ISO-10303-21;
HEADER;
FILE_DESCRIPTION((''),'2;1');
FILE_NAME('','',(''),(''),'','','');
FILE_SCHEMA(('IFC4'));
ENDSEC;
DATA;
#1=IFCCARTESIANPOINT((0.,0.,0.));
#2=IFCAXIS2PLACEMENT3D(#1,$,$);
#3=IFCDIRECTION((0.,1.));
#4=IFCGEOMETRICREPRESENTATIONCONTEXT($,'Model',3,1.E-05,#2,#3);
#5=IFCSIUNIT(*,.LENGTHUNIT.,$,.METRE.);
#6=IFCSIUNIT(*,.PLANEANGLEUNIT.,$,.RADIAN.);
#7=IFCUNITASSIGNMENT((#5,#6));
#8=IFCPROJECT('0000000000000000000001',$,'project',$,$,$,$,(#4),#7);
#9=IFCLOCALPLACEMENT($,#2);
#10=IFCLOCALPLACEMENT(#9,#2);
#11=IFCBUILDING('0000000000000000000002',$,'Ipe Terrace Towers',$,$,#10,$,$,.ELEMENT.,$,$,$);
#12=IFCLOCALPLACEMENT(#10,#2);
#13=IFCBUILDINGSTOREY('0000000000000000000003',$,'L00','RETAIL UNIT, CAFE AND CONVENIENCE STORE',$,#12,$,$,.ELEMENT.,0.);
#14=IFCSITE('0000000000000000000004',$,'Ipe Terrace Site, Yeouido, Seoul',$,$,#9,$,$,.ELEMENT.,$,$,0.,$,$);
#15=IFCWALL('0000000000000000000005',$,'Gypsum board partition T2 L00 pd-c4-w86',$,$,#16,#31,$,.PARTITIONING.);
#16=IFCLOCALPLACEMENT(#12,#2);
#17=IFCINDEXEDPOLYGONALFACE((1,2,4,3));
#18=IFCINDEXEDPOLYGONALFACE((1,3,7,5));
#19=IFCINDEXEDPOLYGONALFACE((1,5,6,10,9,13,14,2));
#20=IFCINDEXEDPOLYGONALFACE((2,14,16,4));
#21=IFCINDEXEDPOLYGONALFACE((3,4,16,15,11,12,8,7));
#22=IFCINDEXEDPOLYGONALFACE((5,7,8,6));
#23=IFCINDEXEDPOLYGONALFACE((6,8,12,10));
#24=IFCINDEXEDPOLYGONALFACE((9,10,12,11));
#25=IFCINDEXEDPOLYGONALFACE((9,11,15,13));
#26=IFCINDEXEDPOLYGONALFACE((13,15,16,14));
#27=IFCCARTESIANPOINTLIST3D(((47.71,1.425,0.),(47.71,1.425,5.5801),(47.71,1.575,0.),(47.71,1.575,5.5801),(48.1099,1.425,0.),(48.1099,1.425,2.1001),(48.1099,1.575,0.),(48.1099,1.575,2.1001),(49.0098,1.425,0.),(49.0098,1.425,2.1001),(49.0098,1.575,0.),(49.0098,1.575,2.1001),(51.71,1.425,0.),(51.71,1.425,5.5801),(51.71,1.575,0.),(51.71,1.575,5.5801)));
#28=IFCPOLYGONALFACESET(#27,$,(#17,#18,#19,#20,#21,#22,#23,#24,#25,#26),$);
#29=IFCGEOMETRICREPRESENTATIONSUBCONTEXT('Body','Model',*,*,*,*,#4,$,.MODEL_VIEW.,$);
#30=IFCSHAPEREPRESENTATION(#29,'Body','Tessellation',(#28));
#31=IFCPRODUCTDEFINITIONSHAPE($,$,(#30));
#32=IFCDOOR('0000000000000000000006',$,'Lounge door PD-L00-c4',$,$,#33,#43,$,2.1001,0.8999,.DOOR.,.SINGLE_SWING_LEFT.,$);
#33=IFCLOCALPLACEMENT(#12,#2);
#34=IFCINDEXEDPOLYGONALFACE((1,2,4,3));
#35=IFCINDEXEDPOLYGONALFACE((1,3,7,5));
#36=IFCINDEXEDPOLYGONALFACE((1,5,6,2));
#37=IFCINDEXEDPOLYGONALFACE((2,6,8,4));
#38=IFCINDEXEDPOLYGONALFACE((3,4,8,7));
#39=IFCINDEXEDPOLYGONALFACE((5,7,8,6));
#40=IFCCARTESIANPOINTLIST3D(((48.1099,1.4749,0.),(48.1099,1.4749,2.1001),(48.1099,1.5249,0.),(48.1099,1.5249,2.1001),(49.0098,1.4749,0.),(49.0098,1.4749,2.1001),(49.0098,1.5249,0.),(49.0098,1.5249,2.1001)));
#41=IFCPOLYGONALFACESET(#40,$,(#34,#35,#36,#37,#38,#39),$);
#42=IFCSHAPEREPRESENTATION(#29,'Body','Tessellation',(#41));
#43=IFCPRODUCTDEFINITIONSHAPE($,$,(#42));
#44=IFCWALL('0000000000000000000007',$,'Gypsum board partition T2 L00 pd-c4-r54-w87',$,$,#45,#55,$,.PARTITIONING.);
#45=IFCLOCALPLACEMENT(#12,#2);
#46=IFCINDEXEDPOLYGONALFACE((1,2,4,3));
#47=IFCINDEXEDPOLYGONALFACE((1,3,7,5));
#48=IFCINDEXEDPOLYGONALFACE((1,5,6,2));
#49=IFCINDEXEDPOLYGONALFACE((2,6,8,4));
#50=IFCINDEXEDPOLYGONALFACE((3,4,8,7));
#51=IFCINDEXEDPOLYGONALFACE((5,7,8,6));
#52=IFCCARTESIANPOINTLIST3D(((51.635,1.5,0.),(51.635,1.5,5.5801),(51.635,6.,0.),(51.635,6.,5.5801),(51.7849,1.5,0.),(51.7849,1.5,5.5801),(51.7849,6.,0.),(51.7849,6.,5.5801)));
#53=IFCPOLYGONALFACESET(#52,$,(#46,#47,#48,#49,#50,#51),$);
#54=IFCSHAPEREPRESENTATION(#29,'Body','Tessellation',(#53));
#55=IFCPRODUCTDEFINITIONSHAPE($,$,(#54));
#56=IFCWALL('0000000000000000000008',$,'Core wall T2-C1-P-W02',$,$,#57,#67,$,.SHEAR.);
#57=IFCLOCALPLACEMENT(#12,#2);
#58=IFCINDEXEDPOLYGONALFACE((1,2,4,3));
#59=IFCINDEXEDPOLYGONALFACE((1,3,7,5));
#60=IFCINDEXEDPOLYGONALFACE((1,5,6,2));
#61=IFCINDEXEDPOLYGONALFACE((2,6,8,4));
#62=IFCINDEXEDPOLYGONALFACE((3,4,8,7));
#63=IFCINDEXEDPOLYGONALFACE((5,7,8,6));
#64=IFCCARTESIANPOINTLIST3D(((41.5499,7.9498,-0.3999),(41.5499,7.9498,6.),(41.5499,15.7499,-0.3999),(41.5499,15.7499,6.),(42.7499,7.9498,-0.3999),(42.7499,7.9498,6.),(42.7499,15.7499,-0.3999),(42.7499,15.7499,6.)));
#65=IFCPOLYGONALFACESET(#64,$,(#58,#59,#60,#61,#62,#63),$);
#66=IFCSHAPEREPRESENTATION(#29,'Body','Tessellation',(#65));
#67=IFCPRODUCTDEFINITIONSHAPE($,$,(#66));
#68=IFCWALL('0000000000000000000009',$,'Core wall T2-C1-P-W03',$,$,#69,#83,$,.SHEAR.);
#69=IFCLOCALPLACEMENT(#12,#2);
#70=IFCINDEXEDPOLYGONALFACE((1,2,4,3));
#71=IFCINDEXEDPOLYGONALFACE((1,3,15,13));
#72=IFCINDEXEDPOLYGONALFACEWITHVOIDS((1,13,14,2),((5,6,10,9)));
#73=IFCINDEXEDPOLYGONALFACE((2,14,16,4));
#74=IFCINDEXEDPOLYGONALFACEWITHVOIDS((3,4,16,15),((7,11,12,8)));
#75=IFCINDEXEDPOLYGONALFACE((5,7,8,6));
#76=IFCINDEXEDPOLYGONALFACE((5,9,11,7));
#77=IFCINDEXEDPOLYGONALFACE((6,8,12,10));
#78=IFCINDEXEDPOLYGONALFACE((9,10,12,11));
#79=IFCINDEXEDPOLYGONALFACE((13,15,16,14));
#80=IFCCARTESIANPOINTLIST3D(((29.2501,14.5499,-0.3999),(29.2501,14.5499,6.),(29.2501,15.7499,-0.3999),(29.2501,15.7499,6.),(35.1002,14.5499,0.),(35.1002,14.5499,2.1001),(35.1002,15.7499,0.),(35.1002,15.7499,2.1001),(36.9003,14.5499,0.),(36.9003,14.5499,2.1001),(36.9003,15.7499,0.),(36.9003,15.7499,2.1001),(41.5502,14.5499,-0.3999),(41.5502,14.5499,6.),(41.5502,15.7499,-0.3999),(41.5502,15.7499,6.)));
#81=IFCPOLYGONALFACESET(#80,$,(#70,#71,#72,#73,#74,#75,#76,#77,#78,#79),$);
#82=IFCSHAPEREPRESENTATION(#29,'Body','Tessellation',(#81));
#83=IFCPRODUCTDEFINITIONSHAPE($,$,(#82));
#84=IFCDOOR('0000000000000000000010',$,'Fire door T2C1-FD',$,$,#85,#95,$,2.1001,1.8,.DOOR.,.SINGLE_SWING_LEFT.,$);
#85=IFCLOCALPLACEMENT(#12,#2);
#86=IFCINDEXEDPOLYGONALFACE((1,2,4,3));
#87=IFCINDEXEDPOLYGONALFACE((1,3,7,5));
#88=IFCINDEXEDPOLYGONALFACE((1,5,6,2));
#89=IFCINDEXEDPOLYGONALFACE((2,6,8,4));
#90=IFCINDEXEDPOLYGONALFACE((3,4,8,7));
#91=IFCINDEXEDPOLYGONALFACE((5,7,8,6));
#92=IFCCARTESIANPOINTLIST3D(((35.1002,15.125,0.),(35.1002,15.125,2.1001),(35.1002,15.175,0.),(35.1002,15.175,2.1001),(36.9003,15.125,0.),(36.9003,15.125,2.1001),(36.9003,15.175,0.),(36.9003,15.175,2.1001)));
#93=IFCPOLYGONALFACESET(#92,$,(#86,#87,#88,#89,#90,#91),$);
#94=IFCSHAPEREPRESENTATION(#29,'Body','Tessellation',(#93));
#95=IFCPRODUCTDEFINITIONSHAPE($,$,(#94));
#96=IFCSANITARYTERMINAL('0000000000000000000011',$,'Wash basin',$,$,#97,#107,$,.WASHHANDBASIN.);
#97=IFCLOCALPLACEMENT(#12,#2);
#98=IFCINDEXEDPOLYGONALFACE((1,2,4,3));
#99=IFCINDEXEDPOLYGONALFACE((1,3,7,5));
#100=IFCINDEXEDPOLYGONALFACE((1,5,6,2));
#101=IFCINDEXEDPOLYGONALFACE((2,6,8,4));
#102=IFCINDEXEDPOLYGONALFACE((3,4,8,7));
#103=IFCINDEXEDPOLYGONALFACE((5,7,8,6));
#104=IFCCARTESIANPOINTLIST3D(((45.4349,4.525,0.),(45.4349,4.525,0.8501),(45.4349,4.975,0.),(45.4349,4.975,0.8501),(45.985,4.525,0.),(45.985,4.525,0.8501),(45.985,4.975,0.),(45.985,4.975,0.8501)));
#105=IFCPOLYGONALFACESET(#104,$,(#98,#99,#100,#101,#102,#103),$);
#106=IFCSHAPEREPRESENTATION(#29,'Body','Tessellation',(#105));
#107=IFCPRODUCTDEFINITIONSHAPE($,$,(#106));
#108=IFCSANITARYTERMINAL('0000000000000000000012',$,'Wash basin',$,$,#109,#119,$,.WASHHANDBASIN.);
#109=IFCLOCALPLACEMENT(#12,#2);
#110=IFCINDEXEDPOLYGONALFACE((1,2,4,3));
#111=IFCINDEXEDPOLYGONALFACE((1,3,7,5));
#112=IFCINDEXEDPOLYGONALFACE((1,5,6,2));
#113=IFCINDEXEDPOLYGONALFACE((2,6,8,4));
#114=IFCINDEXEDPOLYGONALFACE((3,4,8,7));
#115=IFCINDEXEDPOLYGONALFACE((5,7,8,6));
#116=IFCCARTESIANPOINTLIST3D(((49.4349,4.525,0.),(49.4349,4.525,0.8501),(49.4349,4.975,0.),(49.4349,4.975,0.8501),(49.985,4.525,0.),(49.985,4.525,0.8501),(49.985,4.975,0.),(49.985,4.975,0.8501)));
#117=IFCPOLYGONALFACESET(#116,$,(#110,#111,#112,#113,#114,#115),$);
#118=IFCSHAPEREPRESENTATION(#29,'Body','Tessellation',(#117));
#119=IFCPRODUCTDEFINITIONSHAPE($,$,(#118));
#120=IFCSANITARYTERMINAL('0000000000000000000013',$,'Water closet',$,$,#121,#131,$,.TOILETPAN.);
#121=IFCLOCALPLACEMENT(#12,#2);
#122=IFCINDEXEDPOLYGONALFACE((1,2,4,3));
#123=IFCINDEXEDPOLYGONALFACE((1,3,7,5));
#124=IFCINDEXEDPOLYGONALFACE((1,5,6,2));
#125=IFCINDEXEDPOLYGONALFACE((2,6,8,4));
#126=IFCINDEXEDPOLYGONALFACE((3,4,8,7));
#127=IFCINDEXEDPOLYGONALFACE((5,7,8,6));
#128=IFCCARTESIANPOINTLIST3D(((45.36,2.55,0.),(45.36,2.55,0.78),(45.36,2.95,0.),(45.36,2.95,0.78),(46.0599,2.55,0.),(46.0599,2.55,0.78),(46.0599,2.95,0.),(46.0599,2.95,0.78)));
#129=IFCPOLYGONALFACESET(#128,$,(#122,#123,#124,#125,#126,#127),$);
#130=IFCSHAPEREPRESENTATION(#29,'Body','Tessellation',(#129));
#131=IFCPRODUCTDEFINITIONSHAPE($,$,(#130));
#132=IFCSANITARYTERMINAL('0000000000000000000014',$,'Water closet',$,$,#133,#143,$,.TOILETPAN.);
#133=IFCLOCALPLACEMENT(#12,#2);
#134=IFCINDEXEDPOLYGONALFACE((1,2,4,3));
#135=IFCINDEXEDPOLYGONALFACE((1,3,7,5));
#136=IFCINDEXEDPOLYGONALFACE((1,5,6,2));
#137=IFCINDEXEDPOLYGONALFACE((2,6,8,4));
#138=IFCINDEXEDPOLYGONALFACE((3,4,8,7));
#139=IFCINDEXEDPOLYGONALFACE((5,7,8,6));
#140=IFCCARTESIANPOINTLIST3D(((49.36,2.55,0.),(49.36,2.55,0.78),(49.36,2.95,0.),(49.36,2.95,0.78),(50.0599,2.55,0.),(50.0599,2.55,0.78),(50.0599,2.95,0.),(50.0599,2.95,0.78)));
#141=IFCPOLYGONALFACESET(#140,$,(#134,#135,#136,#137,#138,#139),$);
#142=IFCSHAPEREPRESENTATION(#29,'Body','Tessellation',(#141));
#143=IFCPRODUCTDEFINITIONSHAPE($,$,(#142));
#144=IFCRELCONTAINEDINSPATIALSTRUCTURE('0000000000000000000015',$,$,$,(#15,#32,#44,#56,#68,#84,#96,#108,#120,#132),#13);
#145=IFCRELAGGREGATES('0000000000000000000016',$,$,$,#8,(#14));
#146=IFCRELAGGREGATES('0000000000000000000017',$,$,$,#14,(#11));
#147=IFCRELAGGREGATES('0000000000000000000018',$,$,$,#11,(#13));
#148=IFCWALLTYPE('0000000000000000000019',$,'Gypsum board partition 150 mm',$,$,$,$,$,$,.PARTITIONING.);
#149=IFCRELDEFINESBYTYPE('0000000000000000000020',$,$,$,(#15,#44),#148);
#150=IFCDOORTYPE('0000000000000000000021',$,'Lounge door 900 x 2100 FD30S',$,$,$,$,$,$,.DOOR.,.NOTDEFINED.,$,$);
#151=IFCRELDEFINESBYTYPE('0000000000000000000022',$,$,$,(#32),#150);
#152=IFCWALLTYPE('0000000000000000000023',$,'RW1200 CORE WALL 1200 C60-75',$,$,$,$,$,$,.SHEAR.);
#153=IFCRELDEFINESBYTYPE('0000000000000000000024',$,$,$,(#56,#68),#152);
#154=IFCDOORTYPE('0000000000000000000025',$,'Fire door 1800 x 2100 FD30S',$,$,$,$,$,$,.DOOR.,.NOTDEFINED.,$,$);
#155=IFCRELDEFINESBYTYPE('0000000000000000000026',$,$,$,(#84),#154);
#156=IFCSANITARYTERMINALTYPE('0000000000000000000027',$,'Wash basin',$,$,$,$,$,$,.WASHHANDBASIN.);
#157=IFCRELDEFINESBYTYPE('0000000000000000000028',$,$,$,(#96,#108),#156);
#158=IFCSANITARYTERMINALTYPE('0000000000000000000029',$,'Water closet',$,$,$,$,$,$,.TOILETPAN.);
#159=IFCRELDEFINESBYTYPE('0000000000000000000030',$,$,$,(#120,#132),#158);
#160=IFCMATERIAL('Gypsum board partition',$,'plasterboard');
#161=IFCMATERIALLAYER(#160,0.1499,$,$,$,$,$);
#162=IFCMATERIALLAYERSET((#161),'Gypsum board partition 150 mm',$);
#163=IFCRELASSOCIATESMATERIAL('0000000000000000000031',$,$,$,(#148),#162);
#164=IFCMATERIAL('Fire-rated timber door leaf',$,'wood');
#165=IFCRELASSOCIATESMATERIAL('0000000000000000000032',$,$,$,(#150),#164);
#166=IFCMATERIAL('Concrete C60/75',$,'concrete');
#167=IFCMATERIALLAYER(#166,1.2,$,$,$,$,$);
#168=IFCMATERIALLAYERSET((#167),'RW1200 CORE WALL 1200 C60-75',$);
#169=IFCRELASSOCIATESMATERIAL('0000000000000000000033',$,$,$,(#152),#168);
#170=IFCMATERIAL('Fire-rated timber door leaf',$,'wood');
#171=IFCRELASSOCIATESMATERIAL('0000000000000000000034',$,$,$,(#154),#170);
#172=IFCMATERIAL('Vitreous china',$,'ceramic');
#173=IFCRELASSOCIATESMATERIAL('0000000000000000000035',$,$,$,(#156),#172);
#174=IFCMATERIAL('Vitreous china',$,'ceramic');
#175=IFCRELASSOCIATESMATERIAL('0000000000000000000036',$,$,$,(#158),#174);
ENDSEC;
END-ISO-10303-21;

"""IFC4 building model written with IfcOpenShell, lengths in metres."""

from ifc_helpers import new_model, si_unit, direction, frame, frame_2d, origin, origin_2d, place, context, subcontext, project, spatial, rectangle, extrude, material, layer, layer_set, type_object, element, fill, save


model = new_model("IFC4")

# Units and contexts
model_context = context("Model", 3, precision=1e-05, world=origin(), true_north=direction((0.0, 1.0)))
body_context = subcontext(model_context, "Body", "Model", "MODEL_VIEW")
ifc_project = project(units=[si_unit("LENGTHUNIT", "METRE"), si_unit("PLANEANGLEUNIT", "RADIAN")], contexts=[model_context])

# Site, building, storey
site_placement = place(None, origin())
site = spatial("IfcSite", under=ifc_project, at=site_placement, Name="Ipe Terrace Site, Yeouido, Seoul", CompositionType="ELEMENT", RefElevation=0.0)
building_placement = place(site_placement, origin())
building = spatial("IfcBuilding", under=site, at=building_placement, Name="Ipe Terrace Towers", CompositionType="ELEMENT")
storey_placement = place(building_placement, origin())
storey = spatial("IfcBuildingStorey", under=building, at=storey_placement, Name="L00", Description="RETAIL UNIT, CAFE AND CONVENIENCE STORE", CompositionType="ELEMENT", Elevation=0.0)

# Shared definitions
ifc_material_1 = material(Name="Gypsum board partition", Category="plasterboard")
ifc_layer_1 = layer(ifc_material_1, 0.1499)
ifc_layer_set_1 = layer_set([ifc_layer_1], Name="Gypsum board partition 150 mm")
wall_type_1 = type_object("IfcWallType", Name="Gypsum board partition 150 mm", PredefinedType="PARTITIONING", material=ifc_layer_set_1)

# Shared definitions
ifc_material_2 = material(Name="Fire-rated timber door leaf", Category="wood")
door_type_1 = type_object("IfcDoorType", Name="Lounge door 900 x 2100 FD30S", OperationType="NOTDEFINED", PredefinedType="DOOR", material=ifc_material_2)

# Wall, opening, door
wall_1_placement = place(storey_placement, frame((47.71, 1.5, 0.0), z_axis=(0.0, 0.0, 1.0), x_axis=(1.0, 0.0, 0.0)))
wall_1 = element("IfcWall", 1, at=wall_1_placement, inside=storey, type_object=wall_type_1, Name="Gypsum board partition T2 L00 pd-c4-w86", PredefinedType="PARTITIONING", context=body_context, shape_type="SweptSolid", body=[
    extrude(rectangle(XDim=4.0, YDim=0.1499, at=frame_2d((2.0, 0.0))), origin(), (0.0, 0.0, 1.0), 5.5801),
])
opening_1_placement = place(wall_1_placement, frame((0.3999, 0.0, 0.0)))
opening_1 = element("IfcOpeningElement", 2, at=opening_1_placement, cuts=wall_1, PredefinedType="OPENING", context=body_context, shape_type="SweptSolid", body=[
    extrude(rectangle(XDim=0.8999, YDim=2.1001, at=frame_2d((0.45, 1.05))), frame((0.0, 0.085, 0.0), z_axis=(0.0, -1.0, 0.0), x_axis=(1.0, 0.0, 0.0)), (0.0, 0.0, 1.0), 0.1699),
])
door_1_placement = place(opening_1_placement, origin())
door_1 = element("IfcDoor", 3, at=door_1_placement, inside=storey, type_object=door_type_1, Name="Lounge door PD-L00-c4", OperationType="SINGLE_SWING_LEFT", OverallHeight=2.1001, OverallWidth=0.8999, PredefinedType="DOOR", context=body_context, shape_type="SweptSolid", body=[
    extrude(rectangle(XDim=0.8999, YDim=2.1001, at=frame_2d((0.45, 1.05))), frame((0.0, 0.0249, 0.0), z_axis=(0.0, -1.0, 0.0), x_axis=(1.0, 0.0, 0.0)), (0.0, 0.0, 1.0), 0.05),
])
fill(opening_1, door_1)

# Walls
wall_2_placement = place(storey_placement, frame((51.71, 1.5, 0.0), z_axis=(0.0, 0.0, 1.0), x_axis=(0.0, 1.0, 0.0)))
element("IfcWall", 4, at=wall_2_placement, inside=storey, type_object=wall_type_1, Name="Gypsum board partition T2 L00 pd-c4-r54-w87", PredefinedType="PARTITIONING", context=body_context, shape_type="SweptSolid", body=[
    extrude(rectangle(XDim=4.5, YDim=0.1499, at=frame_2d((2.25, 0.0))), origin(), (0.0, 0.0, 1.0), 5.5801),
])
ifc_material_3 = material(Name="Concrete C60/75", Category="concrete")
ifc_layer_2 = layer(ifc_material_3, 1.2)
ifc_layer_set_2 = layer_set([ifc_layer_2], Name="RW1200 CORE WALL 1200 C60-75")
wall_type_2 = type_object("IfcWallType", Name="RW1200 CORE WALL 1200 C60-75", PredefinedType="SHEAR", material=ifc_layer_set_2)
wall_3_placement = place(storey_placement, frame((42.1499, 7.95, -0.3999), z_axis=(0.0, 0.0, 1.0), x_axis=(0.0, 1.0, 0.0)))
element("IfcWall", 5, at=wall_3_placement, inside=storey, type_object=wall_type_2, Name="Core wall T2-C1-P-W02", PredefinedType="SHEAR", context=body_context, shape_type="SweptSolid", body=[
    extrude(rectangle(XDim=7.8, YDim=1.2, at=frame_2d((3.8999, 0.0))), origin(), (0.0, 0.0, 1.0), 6.3999),
])

# Wall, opening, door
wall_4_placement = place(storey_placement, frame((41.55, 15.1499, -0.3999), z_axis=(0.0, 0.0, 1.0), x_axis=(-1.0, 0.0, 0.0)))
wall_4 = element("IfcWall", 6, at=wall_4_placement, inside=storey, type_object=wall_type_2, Name="Core wall T2-C1-P-W03", PredefinedType="SHEAR", context=body_context, shape_type="SweptSolid", body=[
    extrude(rectangle(XDim=12.3, YDim=1.2, at=frame_2d((6.1499, 0.0))), origin(), (0.0, 0.0, 1.0), 6.3999),
])
opening_2_placement = place(wall_4_placement, frame((4.6499, 0.0, 0.3999)))
opening_2 = element("IfcOpeningElement", 7, at=opening_2_placement, cuts=wall_4, PredefinedType="OPENING", context=body_context, shape_type="SweptSolid", body=[
    extrude(rectangle(XDim=1.8, YDim=2.1001, at=frame_2d((0.8999, 1.05))), frame((0.0, 0.6099, 0.0), z_axis=(0.0, -1.0, 0.0), x_axis=(1.0, 0.0, 0.0)), (0.0, 0.0, 1.0), 1.22),
])
ifc_material_4 = material(Name="Fire-rated timber door leaf", Category="wood")
door_type_2 = type_object("IfcDoorType", Name="Fire door 1800 x 2100 FD30S", OperationType="NOTDEFINED", PredefinedType="DOOR", material=ifc_material_4)
door_2_placement = place(opening_2_placement, origin())
door_2 = element("IfcDoor", 8, at=door_2_placement, inside=storey, type_object=door_type_2, Name="Fire door T2C1-FD", OperationType="SINGLE_SWING_LEFT", OverallHeight=2.1001, OverallWidth=1.8, PredefinedType="DOOR", context=body_context, shape_type="SweptSolid", body=[
    extrude(rectangle(XDim=1.8, YDim=2.1001, at=frame_2d((0.8999, 1.05))), frame((0.0, 0.0249, 0.0), z_axis=(0.0, -1.0, 0.0), x_axis=(1.0, 0.0, 0.0)), (0.0, 0.0, 1.0), 0.05),
])
fill(opening_2, door_2)

# Sanitary terminals
ifc_material_5 = material(Name="Vitreous china", Category="ceramic")
sanitary_terminal_type_1 = type_object("IfcSanitaryTerminalType", Name="Wash basin", PredefinedType="WASHHANDBASIN", material=ifc_material_5)
for number, where, z_axis, x_axis, name in (
    (9, (45.71, 4.75, 0.0), (0.0, 0.0, 1.0), (1.0, 0.0, 0.0), "Wash basin"),
    (10, (49.71, 4.75, 0.0), (0.0, 0.0, 1.0), (1.0, 0.0, 0.0), "Wash basin"),
):
    element("IfcSanitaryTerminal", number, at=place(storey_placement, frame(where, z_axis=z_axis, x_axis=x_axis)), inside=storey, type_object=sanitary_terminal_type_1, Name=name, PredefinedType="WASHHANDBASIN", context=body_context, shape_type="SweptSolid", body=[
        extrude(rectangle(XDim=0.55, YDim=0.45, at=origin_2d()), origin(), (0.0, 0.0, 1.0), 0.8501),
    ])
ifc_material_6 = material(Name="Vitreous china", Category="ceramic")
sanitary_terminal_type_2 = type_object("IfcSanitaryTerminalType", Name="Water closet", PredefinedType="TOILETPAN", material=ifc_material_6)
for number, where, z_axis, x_axis, name in (
    (11, (45.71, 2.75, 0.0), (0.0, 0.0, 1.0), (1.0, 0.0, 0.0), "Water closet"),
    (12, (49.71, 2.75, 0.0), (0.0, 0.0, 1.0), (1.0, 0.0, 0.0), "Water closet"),
):
    element("IfcSanitaryTerminal", number, at=place(storey_placement, frame(where, z_axis=z_axis, x_axis=x_axis)), inside=storey, type_object=sanitary_terminal_type_2, Name=name, PredefinedType="TOILETPAN", context=body_context, shape_type="SweptSolid", body=[
        extrude(rectangle(XDim=0.7, YDim=0.3999, at=origin_2d()), origin(), (0.0, 0.0, 1.0), 0.78),
    ])

save(model, "model.ifc")
